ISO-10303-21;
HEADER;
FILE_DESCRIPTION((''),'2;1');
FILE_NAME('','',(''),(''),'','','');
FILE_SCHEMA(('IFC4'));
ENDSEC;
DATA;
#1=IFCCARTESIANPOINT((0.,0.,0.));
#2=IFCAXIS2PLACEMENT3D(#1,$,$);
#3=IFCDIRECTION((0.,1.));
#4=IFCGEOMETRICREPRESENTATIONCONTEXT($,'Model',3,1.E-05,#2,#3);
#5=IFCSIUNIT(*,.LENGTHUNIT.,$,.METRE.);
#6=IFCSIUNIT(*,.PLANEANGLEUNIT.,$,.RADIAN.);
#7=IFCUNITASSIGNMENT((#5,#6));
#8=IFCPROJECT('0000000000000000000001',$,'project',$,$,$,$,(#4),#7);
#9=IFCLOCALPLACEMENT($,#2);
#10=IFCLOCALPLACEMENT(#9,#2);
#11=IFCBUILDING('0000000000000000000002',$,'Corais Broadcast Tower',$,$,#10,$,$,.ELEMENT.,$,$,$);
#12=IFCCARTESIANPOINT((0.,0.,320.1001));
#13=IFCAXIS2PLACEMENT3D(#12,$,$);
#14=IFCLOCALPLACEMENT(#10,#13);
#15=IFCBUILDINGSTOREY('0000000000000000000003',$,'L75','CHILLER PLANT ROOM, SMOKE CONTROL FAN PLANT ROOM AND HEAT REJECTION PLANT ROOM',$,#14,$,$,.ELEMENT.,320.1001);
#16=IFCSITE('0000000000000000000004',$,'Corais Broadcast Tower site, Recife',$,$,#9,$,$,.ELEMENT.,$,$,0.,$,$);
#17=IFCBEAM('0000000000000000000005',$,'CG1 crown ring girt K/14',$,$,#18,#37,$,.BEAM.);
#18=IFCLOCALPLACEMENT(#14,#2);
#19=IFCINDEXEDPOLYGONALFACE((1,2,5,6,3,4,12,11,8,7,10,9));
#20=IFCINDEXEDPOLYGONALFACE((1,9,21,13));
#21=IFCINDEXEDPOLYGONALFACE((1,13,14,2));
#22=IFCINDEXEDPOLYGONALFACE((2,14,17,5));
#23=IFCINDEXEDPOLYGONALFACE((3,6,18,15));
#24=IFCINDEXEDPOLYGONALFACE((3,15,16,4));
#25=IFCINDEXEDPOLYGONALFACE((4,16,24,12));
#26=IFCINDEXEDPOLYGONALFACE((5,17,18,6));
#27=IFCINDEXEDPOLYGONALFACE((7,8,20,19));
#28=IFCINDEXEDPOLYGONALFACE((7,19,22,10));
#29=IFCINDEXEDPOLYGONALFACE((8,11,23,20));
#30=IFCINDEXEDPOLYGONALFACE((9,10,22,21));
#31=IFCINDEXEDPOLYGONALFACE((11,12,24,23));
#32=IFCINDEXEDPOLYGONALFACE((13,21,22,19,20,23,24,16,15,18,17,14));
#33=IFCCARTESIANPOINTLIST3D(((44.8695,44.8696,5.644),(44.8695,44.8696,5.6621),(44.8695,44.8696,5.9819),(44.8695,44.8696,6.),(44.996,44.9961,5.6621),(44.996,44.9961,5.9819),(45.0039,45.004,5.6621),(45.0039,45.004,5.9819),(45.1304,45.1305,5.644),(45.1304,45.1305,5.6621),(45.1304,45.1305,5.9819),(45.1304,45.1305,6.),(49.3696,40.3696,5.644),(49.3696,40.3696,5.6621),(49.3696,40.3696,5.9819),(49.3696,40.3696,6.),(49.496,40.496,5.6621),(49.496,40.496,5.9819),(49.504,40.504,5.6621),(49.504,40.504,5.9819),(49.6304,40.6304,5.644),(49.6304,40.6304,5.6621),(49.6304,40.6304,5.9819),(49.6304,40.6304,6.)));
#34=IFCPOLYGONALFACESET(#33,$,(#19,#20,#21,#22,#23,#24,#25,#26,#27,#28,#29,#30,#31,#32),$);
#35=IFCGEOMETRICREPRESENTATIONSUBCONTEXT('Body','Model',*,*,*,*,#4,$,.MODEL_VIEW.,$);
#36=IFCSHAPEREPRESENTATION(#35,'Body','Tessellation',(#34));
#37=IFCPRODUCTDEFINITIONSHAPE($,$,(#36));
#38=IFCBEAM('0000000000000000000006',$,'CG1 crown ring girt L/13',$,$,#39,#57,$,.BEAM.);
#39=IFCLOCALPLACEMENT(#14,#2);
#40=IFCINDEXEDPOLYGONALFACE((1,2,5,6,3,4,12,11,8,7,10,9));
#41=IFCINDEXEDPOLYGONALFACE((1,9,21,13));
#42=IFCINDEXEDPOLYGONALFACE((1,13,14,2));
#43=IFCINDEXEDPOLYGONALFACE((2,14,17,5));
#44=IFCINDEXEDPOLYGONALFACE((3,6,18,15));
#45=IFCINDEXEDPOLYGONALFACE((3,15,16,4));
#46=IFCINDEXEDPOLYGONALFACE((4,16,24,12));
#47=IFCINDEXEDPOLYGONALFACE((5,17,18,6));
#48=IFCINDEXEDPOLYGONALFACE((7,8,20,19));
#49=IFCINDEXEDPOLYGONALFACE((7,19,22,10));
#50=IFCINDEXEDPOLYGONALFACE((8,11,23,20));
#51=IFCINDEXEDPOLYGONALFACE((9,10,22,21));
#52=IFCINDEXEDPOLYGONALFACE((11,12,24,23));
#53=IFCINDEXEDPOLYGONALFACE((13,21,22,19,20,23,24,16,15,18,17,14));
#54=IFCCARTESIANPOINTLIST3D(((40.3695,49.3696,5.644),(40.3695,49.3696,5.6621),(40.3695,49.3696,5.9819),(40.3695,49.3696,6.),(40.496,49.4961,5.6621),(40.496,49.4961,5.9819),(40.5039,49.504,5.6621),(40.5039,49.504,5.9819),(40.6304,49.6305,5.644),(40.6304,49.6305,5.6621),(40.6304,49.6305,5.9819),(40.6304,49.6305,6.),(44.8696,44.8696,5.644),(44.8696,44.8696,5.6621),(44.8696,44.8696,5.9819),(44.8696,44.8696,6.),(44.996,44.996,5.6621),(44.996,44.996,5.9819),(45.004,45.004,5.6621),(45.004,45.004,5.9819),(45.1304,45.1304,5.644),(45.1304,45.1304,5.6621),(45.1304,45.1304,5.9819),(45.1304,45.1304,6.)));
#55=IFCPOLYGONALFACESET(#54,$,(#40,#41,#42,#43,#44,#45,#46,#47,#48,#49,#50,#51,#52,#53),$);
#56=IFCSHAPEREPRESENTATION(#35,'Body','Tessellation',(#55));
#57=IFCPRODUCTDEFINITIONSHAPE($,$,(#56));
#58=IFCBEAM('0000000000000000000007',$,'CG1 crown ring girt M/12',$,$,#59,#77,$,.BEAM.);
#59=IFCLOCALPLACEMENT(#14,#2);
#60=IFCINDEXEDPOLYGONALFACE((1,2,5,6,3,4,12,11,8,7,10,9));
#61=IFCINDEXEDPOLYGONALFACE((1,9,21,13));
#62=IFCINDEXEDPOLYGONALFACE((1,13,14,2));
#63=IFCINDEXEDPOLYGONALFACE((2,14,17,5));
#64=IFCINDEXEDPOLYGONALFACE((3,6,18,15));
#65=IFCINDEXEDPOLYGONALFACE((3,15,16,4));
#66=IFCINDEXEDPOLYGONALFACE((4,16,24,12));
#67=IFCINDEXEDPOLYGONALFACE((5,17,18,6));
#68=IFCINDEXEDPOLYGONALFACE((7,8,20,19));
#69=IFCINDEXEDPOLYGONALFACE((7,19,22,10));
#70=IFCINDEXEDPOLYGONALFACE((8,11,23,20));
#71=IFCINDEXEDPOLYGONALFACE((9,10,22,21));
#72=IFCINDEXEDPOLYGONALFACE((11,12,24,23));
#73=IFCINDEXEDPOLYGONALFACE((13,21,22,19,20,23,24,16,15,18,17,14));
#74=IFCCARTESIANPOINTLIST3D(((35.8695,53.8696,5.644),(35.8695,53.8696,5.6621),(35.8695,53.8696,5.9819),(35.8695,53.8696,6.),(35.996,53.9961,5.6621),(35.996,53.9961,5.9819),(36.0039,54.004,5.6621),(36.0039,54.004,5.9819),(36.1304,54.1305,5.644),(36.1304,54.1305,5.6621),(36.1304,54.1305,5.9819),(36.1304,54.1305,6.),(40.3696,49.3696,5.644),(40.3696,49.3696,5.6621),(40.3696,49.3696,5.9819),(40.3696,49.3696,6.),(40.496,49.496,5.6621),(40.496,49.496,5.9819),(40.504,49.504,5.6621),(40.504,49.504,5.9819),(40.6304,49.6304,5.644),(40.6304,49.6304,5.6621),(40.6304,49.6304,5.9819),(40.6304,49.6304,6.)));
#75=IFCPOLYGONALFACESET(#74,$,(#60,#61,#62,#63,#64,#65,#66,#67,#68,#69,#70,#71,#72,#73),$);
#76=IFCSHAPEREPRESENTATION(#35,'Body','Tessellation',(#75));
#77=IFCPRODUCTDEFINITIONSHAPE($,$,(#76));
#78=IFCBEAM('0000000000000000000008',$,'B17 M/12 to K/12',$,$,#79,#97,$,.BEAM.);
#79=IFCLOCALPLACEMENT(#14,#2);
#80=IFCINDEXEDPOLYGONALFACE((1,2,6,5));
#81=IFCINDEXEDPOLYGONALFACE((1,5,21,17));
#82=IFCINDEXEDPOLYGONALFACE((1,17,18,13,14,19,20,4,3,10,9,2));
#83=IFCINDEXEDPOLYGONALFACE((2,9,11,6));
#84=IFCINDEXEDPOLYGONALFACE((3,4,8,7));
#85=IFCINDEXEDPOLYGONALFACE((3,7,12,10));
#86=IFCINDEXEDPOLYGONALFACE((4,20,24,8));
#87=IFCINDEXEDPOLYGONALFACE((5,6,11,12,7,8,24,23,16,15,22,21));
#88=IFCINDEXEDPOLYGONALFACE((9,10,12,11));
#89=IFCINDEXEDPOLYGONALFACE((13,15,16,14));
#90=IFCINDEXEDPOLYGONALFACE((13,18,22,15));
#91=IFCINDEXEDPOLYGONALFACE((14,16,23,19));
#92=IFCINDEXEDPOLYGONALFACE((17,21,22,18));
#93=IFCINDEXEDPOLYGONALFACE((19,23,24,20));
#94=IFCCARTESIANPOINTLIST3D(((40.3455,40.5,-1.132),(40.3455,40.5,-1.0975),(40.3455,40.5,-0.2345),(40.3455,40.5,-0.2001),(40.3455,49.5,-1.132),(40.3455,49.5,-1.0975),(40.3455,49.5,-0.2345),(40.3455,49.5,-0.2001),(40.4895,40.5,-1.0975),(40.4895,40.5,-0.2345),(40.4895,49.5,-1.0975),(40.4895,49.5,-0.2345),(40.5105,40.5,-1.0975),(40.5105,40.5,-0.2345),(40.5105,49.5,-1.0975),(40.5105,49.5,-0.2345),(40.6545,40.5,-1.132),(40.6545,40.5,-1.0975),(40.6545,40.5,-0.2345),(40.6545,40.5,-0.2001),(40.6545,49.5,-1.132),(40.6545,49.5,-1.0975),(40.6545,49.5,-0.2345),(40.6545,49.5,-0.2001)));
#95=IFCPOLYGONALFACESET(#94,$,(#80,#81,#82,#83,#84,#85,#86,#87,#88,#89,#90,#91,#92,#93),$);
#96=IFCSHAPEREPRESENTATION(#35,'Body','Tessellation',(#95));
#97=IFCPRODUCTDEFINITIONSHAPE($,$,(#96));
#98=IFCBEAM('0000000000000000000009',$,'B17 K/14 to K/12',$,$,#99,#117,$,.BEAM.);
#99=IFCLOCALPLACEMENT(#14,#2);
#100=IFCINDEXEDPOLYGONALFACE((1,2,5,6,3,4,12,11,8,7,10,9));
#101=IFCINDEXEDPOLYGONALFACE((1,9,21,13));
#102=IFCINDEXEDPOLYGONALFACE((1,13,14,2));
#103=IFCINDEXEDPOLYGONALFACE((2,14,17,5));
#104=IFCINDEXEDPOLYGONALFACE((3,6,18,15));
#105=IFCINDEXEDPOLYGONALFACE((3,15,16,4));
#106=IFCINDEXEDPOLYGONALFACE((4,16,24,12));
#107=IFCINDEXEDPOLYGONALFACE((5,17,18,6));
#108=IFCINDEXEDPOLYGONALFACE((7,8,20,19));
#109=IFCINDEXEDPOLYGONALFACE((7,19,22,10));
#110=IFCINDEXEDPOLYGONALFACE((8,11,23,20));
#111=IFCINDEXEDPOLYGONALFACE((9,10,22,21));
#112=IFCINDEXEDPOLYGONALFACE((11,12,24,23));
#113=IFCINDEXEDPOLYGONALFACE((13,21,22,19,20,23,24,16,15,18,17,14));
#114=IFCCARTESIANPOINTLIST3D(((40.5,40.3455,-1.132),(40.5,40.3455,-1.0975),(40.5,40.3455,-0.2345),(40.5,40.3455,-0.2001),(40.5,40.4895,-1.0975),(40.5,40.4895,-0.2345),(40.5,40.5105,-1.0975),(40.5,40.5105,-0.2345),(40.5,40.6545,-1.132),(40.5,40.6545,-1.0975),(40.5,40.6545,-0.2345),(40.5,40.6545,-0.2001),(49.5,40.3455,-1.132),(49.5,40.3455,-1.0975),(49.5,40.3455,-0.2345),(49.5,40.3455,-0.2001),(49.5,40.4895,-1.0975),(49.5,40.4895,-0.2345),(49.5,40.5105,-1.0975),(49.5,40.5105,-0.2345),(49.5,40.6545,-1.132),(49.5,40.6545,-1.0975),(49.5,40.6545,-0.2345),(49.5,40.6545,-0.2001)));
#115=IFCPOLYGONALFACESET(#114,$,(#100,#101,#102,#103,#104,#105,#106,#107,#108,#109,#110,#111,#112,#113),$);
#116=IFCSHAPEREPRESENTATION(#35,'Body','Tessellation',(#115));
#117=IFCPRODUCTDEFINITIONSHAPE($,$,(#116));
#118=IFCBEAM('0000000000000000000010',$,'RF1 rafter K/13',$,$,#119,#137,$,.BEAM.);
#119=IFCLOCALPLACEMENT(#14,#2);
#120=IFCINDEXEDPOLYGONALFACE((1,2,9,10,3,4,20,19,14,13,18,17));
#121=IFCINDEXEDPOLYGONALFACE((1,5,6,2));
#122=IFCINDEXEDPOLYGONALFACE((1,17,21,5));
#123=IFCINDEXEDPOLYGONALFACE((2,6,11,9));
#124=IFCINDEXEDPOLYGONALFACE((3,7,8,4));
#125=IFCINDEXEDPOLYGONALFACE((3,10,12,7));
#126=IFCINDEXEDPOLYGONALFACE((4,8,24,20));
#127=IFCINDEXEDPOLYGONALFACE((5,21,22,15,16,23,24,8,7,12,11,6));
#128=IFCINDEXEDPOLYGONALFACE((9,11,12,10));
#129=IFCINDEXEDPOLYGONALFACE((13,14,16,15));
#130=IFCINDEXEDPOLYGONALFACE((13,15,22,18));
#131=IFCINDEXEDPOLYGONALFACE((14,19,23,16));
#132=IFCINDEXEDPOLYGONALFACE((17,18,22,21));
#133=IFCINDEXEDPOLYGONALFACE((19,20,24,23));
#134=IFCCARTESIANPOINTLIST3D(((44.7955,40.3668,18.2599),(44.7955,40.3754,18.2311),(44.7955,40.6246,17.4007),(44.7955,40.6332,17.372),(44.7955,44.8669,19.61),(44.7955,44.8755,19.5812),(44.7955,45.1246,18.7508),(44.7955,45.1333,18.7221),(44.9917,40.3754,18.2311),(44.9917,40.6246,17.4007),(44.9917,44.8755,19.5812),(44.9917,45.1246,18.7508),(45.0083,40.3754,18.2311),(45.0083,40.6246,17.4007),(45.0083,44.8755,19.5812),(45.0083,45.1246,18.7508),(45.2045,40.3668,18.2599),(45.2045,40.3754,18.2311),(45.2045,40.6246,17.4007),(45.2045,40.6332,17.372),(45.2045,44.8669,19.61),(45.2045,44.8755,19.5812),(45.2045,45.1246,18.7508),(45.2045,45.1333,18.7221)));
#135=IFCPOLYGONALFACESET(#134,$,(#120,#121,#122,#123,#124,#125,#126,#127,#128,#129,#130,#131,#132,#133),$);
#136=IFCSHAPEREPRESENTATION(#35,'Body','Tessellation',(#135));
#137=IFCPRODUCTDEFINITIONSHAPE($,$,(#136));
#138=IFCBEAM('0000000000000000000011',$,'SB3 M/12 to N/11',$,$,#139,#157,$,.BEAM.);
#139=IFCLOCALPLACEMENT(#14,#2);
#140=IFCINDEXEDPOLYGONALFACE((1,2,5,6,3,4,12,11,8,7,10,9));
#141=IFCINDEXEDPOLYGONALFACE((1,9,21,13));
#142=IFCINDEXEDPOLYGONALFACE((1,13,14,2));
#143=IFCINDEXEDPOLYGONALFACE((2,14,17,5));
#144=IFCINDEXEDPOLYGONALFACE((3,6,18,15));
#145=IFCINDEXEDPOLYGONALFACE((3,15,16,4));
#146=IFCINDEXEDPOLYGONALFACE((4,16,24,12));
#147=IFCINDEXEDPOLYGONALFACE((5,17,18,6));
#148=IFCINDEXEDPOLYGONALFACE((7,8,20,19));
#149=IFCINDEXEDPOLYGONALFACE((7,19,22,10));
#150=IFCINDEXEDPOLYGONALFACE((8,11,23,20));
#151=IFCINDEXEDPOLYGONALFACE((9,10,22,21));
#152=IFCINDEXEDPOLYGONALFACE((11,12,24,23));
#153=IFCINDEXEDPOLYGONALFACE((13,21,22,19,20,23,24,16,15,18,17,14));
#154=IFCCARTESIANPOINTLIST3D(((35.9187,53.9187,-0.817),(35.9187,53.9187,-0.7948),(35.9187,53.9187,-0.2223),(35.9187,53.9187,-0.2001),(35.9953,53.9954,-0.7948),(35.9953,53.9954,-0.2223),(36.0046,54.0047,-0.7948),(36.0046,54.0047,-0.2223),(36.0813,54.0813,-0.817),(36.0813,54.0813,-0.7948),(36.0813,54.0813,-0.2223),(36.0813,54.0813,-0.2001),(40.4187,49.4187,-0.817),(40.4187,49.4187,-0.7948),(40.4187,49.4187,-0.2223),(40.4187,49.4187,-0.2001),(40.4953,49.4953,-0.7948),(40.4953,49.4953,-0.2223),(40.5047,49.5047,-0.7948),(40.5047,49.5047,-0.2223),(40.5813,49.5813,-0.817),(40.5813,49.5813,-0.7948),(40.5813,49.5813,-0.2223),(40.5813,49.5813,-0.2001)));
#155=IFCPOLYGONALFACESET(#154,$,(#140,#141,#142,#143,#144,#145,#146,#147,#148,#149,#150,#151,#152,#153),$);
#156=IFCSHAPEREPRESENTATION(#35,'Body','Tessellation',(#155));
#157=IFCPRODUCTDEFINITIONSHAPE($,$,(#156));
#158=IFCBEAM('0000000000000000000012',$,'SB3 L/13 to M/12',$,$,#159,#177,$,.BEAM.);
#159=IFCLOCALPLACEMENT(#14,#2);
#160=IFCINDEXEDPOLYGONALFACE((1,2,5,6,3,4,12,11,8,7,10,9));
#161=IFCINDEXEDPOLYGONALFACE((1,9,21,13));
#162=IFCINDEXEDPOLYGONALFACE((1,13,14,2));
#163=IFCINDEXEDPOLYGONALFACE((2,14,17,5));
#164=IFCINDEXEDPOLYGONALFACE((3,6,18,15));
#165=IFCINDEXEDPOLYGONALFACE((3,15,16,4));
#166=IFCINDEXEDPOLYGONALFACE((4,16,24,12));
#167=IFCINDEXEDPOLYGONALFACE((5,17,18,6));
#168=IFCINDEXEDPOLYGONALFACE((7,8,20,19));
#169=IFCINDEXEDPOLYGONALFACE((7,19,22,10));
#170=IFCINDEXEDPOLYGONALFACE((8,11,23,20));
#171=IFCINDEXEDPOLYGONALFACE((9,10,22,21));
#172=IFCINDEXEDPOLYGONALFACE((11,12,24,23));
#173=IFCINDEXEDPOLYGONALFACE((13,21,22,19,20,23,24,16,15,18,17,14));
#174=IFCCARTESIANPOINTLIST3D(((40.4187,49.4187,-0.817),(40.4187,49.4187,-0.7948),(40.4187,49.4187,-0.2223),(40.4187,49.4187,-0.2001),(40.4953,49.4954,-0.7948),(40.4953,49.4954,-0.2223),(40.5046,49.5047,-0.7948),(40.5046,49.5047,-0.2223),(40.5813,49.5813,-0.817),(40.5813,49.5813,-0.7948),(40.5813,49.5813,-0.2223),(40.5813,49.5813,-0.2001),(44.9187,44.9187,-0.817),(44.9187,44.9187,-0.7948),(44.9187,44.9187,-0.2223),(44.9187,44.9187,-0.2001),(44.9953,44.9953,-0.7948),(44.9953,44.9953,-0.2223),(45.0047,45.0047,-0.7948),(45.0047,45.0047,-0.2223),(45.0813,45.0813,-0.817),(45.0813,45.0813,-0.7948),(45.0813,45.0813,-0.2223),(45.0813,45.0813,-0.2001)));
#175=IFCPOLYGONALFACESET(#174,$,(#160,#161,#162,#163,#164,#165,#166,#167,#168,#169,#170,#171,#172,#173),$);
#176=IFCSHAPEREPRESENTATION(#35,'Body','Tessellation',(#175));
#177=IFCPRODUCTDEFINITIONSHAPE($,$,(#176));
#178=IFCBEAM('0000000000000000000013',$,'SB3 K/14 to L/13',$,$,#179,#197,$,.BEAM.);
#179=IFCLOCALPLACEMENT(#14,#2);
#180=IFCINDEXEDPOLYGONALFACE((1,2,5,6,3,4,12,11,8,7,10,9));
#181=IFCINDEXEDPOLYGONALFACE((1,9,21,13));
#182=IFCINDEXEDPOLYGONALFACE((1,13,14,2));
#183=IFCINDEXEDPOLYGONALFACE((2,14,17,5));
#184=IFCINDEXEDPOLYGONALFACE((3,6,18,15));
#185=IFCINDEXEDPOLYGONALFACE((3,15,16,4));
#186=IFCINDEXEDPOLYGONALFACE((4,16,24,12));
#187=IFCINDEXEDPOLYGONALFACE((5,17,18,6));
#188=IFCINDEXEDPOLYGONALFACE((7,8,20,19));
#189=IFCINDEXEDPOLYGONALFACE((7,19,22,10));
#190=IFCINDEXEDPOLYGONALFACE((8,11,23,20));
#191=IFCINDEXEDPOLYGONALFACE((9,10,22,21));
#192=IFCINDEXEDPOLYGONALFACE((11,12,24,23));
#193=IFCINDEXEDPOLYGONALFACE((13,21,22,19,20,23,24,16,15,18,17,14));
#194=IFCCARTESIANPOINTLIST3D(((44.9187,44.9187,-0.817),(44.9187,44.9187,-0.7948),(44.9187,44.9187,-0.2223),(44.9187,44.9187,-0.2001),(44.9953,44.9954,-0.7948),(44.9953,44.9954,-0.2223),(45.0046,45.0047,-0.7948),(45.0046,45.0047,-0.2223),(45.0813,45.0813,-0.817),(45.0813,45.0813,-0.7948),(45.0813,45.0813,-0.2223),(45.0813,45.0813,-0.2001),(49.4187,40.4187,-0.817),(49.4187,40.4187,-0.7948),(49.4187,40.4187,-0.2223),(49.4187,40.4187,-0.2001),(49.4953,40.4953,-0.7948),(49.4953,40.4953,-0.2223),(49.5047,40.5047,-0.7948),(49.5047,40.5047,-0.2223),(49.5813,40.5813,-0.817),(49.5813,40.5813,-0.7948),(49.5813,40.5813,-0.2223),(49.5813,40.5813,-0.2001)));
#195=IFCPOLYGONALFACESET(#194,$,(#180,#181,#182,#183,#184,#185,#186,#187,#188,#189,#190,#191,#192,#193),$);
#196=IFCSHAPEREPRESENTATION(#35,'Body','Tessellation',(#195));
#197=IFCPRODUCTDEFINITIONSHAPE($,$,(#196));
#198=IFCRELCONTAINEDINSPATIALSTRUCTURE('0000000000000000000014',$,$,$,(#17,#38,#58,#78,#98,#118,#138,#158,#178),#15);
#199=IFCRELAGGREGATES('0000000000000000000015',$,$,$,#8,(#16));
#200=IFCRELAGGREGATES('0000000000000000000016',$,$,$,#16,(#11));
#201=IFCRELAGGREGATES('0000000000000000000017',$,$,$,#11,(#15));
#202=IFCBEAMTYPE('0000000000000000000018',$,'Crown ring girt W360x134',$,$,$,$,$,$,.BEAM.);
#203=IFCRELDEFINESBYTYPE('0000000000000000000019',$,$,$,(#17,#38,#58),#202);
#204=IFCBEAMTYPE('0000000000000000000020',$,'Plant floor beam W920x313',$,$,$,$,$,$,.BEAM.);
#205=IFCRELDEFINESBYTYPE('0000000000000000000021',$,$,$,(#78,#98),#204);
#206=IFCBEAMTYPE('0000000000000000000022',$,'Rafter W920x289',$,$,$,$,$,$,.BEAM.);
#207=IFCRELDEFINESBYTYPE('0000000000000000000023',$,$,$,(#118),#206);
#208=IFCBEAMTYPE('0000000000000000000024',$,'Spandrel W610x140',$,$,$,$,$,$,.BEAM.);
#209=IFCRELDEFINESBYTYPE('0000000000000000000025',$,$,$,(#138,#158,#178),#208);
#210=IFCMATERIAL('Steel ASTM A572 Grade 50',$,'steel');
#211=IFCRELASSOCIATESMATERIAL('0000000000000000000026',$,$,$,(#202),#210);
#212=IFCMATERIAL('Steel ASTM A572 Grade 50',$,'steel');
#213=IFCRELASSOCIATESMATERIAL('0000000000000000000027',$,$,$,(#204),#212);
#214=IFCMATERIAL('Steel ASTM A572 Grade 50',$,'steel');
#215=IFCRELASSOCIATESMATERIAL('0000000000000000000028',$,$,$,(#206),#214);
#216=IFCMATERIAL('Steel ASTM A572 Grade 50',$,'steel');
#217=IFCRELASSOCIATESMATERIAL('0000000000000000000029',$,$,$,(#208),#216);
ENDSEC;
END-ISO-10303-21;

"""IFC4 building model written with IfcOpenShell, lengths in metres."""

from ifc_helpers import new_model, si_unit, direction, frame, origin, origin_2d, place, context, subcontext, project, spatial, i_section, extrude, material, material_profile, profile_set, type_object, element, save


model = new_model("IFC4")

# Units and contexts
model_context = context("Model", 3, precision=1e-05, world=origin(), true_north=direction((0.0, 1.0)))
body_context = subcontext(model_context, "Body", "Model", "MODEL_VIEW")
ifc_project = project(units=[si_unit("LENGTHUNIT", "METRE"), si_unit("PLANEANGLEUNIT", "RADIAN")], contexts=[model_context])

# Site, building, storey
site_placement = place(None, origin())
site = spatial("IfcSite", under=ifc_project, at=site_placement, Name="Corais Broadcast Tower site, Recife", CompositionType="ELEMENT", RefElevation=0.0)
building_placement = place(site_placement, origin())
building = spatial("IfcBuilding", under=site, at=building_placement, Name="Corais Broadcast Tower", CompositionType="ELEMENT")
storey_placement = place(building_placement, frame((0.0, 0.0, 320.1001)))
storey = spatial("IfcBuildingStorey", under=building, at=storey_placement, Name="L75", Description="CHILLER PLANT ROOM, SMOKE CONTROL FAN PLANT ROOM AND HEAT REJECTION PLANT ROOM", CompositionType="ELEMENT", Elevation=320.1001)

# Beams
ifc_material_1 = material(Name="Steel ASTM A572 Grade 50", Category="steel")
ifc_material_profile_1 = material_profile(ifc_material_1, i_section(OverallWidth=0.3689, OverallDepth=0.356, WebThickness=0.0112, FlangeThickness=0.0181, at=origin_2d()), Name="W360x134")
ifc_profile_set_1 = profile_set([ifc_material_profile_1], Name="Steel ASTM A572 Grade 50")
beam_type_1 = type_object("IfcBeamType", Name="Crown ring girt W360x134", PredefinedType="BEAM", material=ifc_profile_set_1)
for number, where, z_axis, x_axis, name in (
    (1, (49.5, 40.5, 5.822), (-0.707107, 0.707107, 0.0), (-0.707107, -0.707107, 0.0), "CG1 crown ring girt K/14"),
    (2, (45.0, 45.0, 5.822), (-0.707107, 0.707107, 0.0), (-0.707107, -0.707107, 0.0), "CG1 crown ring girt L/13"),
    (3, (40.5, 49.5, 5.822), (-0.707107, 0.707107, 0.0), (-0.707107, -0.707107, 0.0), "CG1 crown ring girt M/12"),
):
    element("IfcBeam", number, at=place(storey_placement, frame(where, z_axis=z_axis, x_axis=x_axis)), inside=storey, type_object=beam_type_1, Name=name, PredefinedType="BEAM", context=body_context, shape_type="SweptSolid", body=[
        extrude(i_section(OverallWidth=0.3689, OverallDepth=0.356, WebThickness=0.0112, FlangeThickness=0.0181, at=origin_2d()), origin(), (0.0, 0.0, 1.0), 6.364),
    ])
ifc_material_2 = material(Name="Steel ASTM A572 Grade 50", Category="steel")
ifc_material_profile_2 = material_profile(ifc_material_2, i_section(OverallWidth=0.3091, OverallDepth=0.9319, WebThickness=0.021, FlangeThickness=0.0344, at=origin_2d()), Name="W920x313")
ifc_profile_set_2 = profile_set([ifc_material_profile_2], Name="Steel ASTM A572 Grade 50")
beam_type_2 = type_object("IfcBeamType", Name="Plant floor beam W920x313", PredefinedType="BEAM", material=ifc_profile_set_2)
for number, where, z_axis, x_axis, name in (
    (4, (40.5, 49.5, -0.666), (0.0, -1.0, 0.0), (1.0, 0.0, 0.0), "B17 M/12 to K/12"),
    (5, (49.5, 40.5, -0.666), (-1.0, 0.0, 0.0), (0.0, -1.0, 0.0), "B17 K/14 to K/12"),
):
    element("IfcBeam", number, at=place(storey_placement, frame(where, z_axis=z_axis, x_axis=x_axis)), inside=storey, type_object=beam_type_2, Name=name, PredefinedType="BEAM", context=body_context, shape_type="SweptSolid", body=[
        extrude(i_section(OverallWidth=0.3091, OverallDepth=0.9319, WebThickness=0.021, FlangeThickness=0.0344, at=origin_2d()), origin(), (0.0, 0.0, 1.0), 9.0),
    ])
ifc_material_3 = material(Name="Steel ASTM A572 Grade 50", Category="steel")
ifc_material_profile_3 = material_profile(ifc_material_3, i_section(OverallWidth=0.4089, OverallDepth=0.927, WebThickness=0.0166, FlangeThickness=0.03, at=origin_2d()), Name="W920x289")
ifc_profile_set_3 = profile_set([ifc_material_profile_3], Name="Steel ASTM A572 Grade 50")
beam_type_3 = type_object("IfcBeamType", Name="Rafter W920x289", PredefinedType="BEAM", material=ifc_profile_set_3)
beam_1_placement = place(storey_placement, frame((45.0, 40.5, 17.8159), z_axis=(0.0, 0.957821, 0.287367), x_axis=(-1.0, 0.0, 0.0)))
element("IfcBeam", 6, at=beam_1_placement, inside=storey, type_object=beam_type_3, Name="RF1 rafter K/13", PredefinedType="BEAM", context=body_context, shape_type="SweptSolid", body=[
    extrude(i_section(OverallWidth=0.4089, OverallDepth=0.927, WebThickness=0.0166, FlangeThickness=0.03, at=origin_2d()), origin(), (0.0, 0.0, 1.0), 4.6982),
])
ifc_material_4 = material(Name="Steel ASTM A572 Grade 50", Category="steel")
ifc_material_profile_4 = material_profile(ifc_material_4, i_section(OverallWidth=0.23, OverallDepth=0.6169, WebThickness=0.0132, FlangeThickness=0.0222, at=origin_2d()), Name="W610x140")
ifc_profile_set_4 = profile_set([ifc_material_profile_4], Name="Steel ASTM A572 Grade 50")
beam_type_4 = type_object("IfcBeamType", Name="Spandrel W610x140", PredefinedType="BEAM", material=ifc_profile_set_4)
for number, where, z_axis, x_axis, name in (
    (7, (40.5, 49.5, -0.5085), (-0.707107, 0.707107, 0.0), (-0.707107, -0.707107, 0.0), "SB3 M/12 to N/11"),
    (8, (45.0, 45.0, -0.5085), (-0.707107, 0.707107, 0.0), (-0.707107, -0.707107, 0.0), "SB3 L/13 to M/12"),
    (9, (49.5, 40.5, -0.5085), (-0.707107, 0.707107, 0.0), (-0.707107, -0.707107, 0.0), "SB3 K/14 to L/13"),
):
    element("IfcBeam", number, at=place(storey_placement, frame(where, z_axis=z_axis, x_axis=x_axis)), inside=storey, type_object=beam_type_4, Name=name, PredefinedType="BEAM", context=body_context, shape_type="SweptSolid", body=[
        extrude(i_section(OverallWidth=0.23, OverallDepth=0.6169, WebThickness=0.0132, FlangeThickness=0.0222, at=origin_2d()), origin(), (0.0, 0.0, 1.0), 6.364),
    ])

save(model, "model.ifc")
